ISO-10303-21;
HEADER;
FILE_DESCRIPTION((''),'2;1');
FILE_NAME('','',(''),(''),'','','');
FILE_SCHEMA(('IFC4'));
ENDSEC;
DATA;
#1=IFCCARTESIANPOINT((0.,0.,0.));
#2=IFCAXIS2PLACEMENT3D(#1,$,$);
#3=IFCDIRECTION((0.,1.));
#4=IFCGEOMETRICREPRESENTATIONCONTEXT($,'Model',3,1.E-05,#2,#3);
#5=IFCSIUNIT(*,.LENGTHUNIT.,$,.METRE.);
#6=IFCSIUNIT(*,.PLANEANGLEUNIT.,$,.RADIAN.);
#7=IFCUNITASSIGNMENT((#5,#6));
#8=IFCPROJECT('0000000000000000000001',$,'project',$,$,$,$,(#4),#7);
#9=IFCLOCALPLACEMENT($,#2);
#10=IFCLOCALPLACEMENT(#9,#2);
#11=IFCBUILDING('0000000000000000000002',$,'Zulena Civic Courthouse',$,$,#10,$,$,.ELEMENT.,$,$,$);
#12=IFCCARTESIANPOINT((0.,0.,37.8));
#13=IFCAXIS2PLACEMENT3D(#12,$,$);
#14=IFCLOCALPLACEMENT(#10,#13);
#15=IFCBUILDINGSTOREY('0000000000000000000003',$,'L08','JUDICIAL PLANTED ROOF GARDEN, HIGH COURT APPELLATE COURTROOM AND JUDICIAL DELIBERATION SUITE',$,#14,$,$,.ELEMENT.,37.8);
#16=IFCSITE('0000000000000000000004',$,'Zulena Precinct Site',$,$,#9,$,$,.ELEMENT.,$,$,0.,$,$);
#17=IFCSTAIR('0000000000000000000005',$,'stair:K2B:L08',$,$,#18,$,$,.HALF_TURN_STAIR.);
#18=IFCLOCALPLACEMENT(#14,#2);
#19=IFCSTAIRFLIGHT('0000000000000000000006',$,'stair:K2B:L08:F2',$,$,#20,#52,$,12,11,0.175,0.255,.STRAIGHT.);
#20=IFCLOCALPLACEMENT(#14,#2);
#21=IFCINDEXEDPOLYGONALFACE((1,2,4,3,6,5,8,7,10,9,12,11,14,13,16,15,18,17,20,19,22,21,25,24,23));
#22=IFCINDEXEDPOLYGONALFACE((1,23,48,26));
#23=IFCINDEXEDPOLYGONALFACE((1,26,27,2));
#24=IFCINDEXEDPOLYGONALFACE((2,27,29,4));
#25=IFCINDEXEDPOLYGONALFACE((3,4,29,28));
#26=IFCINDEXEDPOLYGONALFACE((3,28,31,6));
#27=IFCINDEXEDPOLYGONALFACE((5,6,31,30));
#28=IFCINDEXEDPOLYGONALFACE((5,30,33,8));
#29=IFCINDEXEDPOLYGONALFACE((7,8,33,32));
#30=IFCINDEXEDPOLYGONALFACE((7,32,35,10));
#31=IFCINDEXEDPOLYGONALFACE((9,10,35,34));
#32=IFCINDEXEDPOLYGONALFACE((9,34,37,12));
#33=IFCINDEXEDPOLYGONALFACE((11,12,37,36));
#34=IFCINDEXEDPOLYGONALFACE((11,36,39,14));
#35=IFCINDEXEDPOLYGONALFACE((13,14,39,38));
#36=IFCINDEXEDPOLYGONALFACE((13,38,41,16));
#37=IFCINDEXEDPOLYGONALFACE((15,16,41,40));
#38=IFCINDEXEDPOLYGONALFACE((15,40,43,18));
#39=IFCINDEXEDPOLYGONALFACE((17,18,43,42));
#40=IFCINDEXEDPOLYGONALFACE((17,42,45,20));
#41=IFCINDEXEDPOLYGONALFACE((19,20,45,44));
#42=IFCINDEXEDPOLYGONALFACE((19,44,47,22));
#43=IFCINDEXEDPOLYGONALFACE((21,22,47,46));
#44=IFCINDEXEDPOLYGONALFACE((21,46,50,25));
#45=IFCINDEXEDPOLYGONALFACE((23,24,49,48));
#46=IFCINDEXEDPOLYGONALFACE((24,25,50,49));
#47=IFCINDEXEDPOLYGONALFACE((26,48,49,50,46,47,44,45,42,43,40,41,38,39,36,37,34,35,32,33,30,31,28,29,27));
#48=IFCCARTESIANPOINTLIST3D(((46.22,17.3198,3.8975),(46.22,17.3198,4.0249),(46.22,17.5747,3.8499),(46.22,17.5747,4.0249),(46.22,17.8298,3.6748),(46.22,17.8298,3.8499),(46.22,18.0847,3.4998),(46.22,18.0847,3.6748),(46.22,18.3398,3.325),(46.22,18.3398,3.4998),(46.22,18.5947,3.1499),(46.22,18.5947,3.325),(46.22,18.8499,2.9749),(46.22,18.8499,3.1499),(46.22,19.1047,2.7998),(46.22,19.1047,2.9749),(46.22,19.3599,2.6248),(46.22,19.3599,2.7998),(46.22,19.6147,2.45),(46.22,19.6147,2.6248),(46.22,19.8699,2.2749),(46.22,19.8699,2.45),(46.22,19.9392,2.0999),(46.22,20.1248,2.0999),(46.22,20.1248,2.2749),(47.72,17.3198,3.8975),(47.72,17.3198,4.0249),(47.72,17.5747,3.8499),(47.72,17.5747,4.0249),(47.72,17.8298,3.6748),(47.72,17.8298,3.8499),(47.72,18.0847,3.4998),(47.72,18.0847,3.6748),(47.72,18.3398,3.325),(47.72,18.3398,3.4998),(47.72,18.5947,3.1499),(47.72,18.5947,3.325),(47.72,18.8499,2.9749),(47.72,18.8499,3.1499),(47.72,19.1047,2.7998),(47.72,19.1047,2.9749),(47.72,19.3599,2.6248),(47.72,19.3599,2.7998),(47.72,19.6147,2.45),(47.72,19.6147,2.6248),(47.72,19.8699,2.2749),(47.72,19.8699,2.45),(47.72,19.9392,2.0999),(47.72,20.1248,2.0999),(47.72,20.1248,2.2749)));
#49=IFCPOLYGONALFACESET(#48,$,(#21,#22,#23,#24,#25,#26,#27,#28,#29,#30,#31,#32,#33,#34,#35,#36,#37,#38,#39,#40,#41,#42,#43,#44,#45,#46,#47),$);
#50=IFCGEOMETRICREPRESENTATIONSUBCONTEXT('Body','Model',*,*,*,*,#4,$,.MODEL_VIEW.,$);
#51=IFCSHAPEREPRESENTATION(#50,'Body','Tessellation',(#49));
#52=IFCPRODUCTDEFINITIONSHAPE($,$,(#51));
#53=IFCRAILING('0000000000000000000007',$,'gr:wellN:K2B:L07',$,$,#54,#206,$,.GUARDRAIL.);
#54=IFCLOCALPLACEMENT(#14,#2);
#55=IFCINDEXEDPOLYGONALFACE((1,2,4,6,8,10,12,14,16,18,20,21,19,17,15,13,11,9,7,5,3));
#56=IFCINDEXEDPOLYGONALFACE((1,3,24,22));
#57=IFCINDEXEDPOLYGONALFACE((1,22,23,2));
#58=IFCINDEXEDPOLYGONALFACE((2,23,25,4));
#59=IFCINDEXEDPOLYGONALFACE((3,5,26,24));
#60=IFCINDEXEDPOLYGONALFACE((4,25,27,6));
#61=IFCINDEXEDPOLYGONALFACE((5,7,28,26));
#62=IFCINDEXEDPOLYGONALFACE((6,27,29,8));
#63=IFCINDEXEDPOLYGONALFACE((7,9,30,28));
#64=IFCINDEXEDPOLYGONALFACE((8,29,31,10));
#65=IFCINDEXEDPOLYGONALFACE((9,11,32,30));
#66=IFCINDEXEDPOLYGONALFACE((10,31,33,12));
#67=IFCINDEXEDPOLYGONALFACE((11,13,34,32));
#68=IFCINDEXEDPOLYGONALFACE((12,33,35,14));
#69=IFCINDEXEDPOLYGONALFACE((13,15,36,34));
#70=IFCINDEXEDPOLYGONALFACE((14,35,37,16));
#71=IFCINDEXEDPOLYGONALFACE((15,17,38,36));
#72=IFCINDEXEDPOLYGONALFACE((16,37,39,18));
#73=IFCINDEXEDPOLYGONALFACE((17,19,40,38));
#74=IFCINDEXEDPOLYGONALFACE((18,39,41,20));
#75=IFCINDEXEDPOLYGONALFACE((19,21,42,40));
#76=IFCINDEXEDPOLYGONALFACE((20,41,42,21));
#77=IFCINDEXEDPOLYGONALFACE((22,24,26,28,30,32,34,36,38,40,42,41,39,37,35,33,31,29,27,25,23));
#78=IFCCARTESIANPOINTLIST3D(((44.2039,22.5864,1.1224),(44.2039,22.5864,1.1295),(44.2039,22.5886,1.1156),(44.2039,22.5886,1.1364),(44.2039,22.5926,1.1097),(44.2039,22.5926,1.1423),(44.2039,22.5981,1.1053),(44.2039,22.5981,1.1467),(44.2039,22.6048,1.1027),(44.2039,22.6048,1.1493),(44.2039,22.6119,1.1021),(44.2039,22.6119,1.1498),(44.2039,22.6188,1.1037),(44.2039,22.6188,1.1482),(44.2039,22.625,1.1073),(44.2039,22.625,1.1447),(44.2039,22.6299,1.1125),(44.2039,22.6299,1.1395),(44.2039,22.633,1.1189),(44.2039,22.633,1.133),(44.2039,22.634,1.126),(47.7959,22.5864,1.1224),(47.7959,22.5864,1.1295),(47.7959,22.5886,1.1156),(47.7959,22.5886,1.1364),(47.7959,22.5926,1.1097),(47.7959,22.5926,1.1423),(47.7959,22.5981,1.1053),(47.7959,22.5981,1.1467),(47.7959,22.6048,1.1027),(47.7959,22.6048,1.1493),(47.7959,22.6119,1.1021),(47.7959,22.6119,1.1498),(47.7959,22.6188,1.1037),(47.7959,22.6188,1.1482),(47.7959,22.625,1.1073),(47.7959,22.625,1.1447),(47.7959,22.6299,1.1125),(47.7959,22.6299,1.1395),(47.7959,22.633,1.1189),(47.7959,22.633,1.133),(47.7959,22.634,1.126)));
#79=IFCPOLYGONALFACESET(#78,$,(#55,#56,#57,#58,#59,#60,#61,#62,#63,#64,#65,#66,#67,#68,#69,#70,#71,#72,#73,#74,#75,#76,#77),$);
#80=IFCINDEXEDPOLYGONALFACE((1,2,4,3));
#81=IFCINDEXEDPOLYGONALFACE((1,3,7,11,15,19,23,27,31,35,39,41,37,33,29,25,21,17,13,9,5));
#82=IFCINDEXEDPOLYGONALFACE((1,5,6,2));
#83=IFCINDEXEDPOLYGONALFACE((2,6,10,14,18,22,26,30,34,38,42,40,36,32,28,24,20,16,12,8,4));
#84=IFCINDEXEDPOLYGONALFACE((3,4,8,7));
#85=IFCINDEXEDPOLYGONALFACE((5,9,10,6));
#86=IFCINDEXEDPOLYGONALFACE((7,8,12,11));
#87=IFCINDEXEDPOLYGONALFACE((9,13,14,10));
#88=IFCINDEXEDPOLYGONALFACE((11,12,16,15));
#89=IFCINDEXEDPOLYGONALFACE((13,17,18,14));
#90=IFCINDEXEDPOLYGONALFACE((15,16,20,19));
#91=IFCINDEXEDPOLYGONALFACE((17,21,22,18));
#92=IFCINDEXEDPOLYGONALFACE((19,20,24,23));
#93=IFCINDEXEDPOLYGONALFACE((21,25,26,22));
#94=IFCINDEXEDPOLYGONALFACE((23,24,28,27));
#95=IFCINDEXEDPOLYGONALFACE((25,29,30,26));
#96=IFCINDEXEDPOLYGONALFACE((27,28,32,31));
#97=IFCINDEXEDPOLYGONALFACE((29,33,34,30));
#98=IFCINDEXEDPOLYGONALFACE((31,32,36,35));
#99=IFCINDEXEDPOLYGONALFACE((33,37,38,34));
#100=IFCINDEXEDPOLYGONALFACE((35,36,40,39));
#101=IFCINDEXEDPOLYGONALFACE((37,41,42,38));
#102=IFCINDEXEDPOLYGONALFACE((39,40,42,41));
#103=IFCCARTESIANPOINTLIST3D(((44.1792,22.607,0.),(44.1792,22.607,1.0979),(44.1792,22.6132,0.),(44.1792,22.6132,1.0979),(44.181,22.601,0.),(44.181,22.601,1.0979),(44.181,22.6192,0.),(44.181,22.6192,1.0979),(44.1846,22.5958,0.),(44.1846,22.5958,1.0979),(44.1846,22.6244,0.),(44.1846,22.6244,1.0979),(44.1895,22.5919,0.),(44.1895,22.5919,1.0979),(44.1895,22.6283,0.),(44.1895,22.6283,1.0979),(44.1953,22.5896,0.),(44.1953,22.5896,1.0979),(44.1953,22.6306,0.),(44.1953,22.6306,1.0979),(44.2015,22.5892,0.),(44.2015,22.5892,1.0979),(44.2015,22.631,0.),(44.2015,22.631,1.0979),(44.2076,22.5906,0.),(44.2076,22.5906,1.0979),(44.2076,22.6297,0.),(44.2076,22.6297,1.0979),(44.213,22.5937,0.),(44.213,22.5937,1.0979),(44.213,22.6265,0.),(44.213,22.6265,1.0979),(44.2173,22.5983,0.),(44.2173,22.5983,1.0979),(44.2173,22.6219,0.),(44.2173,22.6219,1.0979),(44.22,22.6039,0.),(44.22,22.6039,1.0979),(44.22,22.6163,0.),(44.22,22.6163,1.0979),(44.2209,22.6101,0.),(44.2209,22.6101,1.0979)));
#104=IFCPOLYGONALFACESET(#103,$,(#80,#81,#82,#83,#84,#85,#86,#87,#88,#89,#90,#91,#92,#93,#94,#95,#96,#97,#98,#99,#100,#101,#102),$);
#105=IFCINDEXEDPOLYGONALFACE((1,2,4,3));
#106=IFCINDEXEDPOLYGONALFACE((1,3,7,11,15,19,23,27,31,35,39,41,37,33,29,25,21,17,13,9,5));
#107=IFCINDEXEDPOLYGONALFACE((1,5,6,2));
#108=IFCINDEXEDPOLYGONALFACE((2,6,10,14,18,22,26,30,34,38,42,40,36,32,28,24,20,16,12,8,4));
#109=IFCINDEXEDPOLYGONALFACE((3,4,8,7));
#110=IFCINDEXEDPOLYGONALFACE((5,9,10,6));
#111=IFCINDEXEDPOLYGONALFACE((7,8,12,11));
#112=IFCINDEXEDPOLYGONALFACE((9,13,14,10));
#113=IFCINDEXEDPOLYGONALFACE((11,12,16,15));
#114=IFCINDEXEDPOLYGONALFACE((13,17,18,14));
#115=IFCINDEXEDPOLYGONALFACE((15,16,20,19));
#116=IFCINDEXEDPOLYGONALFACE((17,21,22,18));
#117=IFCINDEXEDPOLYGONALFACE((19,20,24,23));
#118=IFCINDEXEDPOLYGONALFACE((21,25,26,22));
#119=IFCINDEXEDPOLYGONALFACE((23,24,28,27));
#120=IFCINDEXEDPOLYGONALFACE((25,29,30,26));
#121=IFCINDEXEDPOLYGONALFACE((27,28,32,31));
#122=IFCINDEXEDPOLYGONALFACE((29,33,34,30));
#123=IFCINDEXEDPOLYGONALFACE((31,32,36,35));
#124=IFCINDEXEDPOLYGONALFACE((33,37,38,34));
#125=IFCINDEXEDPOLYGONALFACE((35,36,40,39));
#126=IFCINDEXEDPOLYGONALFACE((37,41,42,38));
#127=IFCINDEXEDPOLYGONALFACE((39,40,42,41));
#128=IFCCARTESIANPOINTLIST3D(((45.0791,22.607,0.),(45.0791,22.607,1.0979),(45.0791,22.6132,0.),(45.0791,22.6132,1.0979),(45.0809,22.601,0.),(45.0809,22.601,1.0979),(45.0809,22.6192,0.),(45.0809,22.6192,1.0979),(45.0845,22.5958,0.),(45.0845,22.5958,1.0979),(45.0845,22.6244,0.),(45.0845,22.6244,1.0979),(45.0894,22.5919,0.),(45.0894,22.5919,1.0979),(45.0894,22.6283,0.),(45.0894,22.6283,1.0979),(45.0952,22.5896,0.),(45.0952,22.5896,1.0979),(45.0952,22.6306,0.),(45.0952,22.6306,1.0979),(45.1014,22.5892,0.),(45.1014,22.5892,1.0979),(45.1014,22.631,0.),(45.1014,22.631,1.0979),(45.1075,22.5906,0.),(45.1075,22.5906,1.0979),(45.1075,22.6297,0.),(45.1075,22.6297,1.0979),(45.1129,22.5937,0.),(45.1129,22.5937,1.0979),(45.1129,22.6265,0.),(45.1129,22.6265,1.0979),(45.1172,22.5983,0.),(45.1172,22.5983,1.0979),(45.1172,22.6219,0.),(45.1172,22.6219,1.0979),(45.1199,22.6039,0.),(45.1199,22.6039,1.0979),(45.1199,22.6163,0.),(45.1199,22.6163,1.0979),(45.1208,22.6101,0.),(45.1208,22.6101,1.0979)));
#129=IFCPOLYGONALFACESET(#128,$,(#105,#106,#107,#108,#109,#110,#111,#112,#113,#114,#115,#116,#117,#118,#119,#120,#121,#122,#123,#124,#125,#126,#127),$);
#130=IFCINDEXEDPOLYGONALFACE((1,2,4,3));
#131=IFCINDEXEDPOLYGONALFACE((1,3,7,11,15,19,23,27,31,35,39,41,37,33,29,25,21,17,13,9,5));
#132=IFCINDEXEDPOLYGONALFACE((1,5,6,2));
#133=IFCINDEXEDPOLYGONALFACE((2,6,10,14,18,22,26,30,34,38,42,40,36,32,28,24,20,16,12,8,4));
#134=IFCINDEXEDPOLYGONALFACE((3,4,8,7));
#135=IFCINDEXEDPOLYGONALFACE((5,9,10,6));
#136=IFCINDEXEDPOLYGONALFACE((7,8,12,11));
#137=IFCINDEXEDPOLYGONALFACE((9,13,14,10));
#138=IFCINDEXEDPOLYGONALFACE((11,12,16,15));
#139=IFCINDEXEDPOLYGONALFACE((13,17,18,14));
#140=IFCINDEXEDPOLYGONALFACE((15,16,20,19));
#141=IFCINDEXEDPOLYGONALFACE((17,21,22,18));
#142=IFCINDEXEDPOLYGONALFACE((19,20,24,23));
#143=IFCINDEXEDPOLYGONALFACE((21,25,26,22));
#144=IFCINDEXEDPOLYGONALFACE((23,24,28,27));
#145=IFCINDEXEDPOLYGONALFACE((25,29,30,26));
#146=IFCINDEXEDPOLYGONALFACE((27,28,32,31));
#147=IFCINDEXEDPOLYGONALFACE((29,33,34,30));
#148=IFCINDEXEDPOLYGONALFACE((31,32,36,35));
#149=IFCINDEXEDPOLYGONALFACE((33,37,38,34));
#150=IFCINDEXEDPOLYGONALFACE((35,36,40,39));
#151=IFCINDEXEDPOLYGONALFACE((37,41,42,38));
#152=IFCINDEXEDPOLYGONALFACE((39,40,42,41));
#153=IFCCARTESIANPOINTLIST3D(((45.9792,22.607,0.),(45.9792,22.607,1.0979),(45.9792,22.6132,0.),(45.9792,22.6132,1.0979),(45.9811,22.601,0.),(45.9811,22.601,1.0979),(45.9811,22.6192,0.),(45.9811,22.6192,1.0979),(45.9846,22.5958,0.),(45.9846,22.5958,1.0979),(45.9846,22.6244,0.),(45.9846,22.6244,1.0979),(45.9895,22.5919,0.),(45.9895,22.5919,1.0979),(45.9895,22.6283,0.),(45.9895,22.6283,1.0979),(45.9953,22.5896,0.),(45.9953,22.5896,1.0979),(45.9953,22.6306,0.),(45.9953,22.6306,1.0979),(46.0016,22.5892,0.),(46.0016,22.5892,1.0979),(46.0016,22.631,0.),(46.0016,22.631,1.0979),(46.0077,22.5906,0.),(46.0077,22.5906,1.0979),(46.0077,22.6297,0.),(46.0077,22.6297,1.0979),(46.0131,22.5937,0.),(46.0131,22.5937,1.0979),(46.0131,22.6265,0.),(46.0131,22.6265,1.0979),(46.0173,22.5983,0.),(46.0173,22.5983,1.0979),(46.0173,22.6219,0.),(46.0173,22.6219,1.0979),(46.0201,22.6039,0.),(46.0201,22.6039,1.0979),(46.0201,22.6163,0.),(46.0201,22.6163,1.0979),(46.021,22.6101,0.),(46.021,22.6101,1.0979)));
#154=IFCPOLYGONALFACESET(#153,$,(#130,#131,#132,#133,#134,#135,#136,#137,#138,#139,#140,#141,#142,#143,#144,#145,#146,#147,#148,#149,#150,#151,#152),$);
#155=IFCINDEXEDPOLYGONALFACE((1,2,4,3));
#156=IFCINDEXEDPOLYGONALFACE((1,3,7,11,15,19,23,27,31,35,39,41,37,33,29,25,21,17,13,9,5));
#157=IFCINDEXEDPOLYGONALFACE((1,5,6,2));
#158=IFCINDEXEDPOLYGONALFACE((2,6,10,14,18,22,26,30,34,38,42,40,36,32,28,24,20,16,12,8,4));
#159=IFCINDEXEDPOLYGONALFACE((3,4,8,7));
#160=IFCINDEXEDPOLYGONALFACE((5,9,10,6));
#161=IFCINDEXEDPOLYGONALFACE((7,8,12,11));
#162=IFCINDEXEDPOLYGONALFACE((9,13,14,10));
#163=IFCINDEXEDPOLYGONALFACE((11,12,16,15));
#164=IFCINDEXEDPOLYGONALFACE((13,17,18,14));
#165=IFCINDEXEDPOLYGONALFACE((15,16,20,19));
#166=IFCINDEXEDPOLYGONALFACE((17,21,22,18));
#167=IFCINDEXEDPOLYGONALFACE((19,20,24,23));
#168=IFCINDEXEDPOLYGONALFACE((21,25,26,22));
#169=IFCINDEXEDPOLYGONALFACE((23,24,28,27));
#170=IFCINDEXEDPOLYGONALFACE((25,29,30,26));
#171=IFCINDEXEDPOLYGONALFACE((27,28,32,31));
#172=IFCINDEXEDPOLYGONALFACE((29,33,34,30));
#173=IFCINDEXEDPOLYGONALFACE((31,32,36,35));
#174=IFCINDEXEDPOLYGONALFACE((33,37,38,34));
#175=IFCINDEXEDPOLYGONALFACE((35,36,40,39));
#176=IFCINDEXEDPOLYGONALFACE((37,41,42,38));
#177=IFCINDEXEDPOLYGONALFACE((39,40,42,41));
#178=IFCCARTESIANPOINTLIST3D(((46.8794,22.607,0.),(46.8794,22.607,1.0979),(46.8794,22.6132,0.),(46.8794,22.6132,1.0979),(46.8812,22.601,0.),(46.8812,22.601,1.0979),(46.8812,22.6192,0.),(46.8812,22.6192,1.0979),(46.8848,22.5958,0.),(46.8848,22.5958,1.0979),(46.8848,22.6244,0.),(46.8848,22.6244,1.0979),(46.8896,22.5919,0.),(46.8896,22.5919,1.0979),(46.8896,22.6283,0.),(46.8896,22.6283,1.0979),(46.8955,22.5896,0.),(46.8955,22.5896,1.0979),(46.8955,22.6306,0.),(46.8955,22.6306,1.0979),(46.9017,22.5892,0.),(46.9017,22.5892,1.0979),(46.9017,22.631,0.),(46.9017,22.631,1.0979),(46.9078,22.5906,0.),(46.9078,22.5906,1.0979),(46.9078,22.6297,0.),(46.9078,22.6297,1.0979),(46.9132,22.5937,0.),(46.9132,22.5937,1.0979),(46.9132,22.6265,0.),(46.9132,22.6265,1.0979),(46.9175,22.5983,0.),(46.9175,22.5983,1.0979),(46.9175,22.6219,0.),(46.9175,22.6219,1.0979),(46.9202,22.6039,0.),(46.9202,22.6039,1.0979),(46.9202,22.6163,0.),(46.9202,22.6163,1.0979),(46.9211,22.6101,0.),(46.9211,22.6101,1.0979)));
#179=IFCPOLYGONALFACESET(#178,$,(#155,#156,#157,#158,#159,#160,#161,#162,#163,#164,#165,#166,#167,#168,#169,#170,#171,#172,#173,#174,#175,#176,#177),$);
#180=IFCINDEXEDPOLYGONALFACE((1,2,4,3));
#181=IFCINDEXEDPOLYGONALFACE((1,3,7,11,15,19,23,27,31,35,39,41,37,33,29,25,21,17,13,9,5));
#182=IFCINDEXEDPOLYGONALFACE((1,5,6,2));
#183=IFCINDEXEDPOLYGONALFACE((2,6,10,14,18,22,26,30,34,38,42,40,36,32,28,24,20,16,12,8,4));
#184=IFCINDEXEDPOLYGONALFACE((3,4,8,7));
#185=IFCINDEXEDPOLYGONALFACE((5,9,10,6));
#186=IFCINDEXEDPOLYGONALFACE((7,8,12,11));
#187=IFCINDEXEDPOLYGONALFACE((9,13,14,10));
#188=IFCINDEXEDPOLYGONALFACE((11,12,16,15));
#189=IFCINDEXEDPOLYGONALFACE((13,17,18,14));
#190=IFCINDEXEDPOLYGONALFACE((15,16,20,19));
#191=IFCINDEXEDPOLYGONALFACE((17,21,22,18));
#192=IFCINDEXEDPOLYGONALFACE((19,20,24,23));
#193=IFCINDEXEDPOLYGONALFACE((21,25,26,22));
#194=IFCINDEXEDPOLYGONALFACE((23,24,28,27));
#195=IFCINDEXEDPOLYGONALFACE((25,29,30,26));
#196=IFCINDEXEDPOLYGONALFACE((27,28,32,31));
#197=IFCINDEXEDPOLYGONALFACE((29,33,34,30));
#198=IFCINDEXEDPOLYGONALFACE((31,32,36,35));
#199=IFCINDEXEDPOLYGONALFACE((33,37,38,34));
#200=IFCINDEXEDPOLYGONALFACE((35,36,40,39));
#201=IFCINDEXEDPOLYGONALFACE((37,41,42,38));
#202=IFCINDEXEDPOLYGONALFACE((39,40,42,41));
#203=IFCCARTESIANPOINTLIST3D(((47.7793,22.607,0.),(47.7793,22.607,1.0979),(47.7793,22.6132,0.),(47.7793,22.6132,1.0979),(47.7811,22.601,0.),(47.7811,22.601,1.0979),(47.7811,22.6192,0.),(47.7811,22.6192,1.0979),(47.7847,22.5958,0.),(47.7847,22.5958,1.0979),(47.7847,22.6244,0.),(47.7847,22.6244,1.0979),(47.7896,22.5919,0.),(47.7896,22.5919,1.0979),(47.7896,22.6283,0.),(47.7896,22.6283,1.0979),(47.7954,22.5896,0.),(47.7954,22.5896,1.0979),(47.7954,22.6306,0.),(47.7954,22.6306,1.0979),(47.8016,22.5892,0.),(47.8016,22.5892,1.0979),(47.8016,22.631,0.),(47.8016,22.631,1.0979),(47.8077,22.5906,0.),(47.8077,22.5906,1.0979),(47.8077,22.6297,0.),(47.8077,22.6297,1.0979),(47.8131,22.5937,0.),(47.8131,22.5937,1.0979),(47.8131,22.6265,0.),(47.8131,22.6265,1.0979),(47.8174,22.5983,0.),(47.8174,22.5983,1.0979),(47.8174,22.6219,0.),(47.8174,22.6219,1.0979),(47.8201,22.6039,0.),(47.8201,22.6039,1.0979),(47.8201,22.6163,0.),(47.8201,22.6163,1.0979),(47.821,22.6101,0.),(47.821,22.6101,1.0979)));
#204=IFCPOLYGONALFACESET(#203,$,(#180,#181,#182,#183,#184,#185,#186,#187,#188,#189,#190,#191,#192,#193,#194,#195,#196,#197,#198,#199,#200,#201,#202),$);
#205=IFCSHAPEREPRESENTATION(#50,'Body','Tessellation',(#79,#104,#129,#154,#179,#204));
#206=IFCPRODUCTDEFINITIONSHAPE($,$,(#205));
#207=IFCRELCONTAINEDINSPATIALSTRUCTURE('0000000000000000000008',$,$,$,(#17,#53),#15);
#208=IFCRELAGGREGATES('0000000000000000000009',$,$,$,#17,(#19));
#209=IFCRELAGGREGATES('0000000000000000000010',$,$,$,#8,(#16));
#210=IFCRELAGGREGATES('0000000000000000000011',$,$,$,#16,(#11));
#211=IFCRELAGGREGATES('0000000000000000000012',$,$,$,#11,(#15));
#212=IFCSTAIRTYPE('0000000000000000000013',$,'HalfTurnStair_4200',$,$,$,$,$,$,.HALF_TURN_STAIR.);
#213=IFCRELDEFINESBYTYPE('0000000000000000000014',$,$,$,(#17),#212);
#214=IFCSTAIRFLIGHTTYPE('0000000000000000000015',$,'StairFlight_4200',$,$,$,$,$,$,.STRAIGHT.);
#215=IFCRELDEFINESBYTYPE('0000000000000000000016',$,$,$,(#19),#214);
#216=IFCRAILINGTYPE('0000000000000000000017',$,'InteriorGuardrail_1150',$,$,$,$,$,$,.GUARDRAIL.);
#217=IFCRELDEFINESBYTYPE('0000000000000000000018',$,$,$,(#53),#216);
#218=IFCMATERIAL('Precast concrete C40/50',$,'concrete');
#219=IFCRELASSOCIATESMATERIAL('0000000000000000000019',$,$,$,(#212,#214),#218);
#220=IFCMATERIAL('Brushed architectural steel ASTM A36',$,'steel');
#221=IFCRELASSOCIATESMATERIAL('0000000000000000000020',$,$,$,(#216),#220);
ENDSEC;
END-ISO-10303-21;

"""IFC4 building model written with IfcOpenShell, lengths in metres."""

from ifc_helpers import new_model, si_unit, direction, frame, origin, origin_2d, place, context, subcontext, project, spatial, polyline, circle, outline, extrude, material, type_object, element, aggregate, save


model = new_model("IFC4")

# Units and contexts
model_context = context("Model", 3, precision=1e-05, world=origin(), true_north=direction((0.0, 1.0)))
body_context = subcontext(model_context, "Body", "Model", "MODEL_VIEW")
ifc_project = project(units=[si_unit("LENGTHUNIT", "METRE"), si_unit("PLANEANGLEUNIT", "RADIAN")], contexts=[model_context])

# Site, building, storey
site_placement = place(None, origin())
site = spatial("IfcSite", under=ifc_project, at=site_placement, Name="Zulena Precinct Site", CompositionType="ELEMENT", RefElevation=0.0)
building_placement = place(site_placement, origin())
building = spatial("IfcBuilding", under=site, at=building_placement, Name="Zulena Civic Courthouse", CompositionType="ELEMENT")
storey_placement = place(building_placement, frame((0.0, 0.0, 37.8)))
storey = spatial("IfcBuildingStorey", under=building, at=storey_placement, Name="L08", Description="JUDICIAL PLANTED ROOF GARDEN, HIGH COURT APPELLATE COURTROOM AND JUDICIAL DELIBERATION SUITE", CompositionType="ELEMENT", Elevation=37.8)

# Stair, stair flight
ifc_material_1 = material(Name="Precast concrete C40/50", Category="concrete")
stair_type = type_object("IfcStairType", Name="HalfTurnStair_4200", PredefinedType="HALF_TURN_STAIR", material=ifc_material_1)
stair_placement = place(storey_placement, origin())
stair = element("IfcStair", 1, at=stair_placement, inside=storey, type_object=stair_type, Name="stair:K2B:L08", PredefinedType="HALF_TURN_STAIR")
stair_flight_type = type_object("IfcStairFlightType", Name="StairFlight_4200", PredefinedType="STRAIGHT", material=ifc_material_1)
stair_flight_1_placement = place(storey_placement, frame((46.97, 20.1248, 2.0999), z_axis=(0.0, 0.0, 1.0), x_axis=(0.0, -1.0, 0.0)))
stair_flight_1 = element("IfcStairFlight", 2, at=stair_flight_1_placement, type_object=stair_flight_type, Name="stair:K2B:L08:F2", NumberOfRisers=12, NumberOfTreads=11, PredefinedType="STRAIGHT", RiserHeight=0.175, TreadLength=0.255, context=body_context, shape_type="SweptSolid", body=[
    extrude(outline(polyline([(0.0, 0.0), (0.0, 0.175), (0.2549, 0.175), (0.2549, 0.3501), (0.51, 0.3501), (0.51, 0.5249), (0.7649, 0.5249), (0.7649, 0.7), (1.02, 0.7), (1.02, 0.875), (1.2749, 0.875), (1.2749, 1.05), (1.53, 1.05), (1.53, 1.2251), (1.7849, 1.2251), (1.7849, 1.3999), (2.04, 1.3999), (2.04, 1.575), (2.2949, 1.575), (2.2949, 1.75), (2.55, 1.75), (2.55, 1.925), (2.8049, 1.925), (2.8049, 2.1001), (2.8049, 1.7976), (0.1855, 0.0), (0.0, 0.0)])), frame((0.0, 0.75, 0.0), z_axis=(0.0, -1.0, 0.0), x_axis=(1.0, 0.0, 0.0)), (0.0, 0.0, 1.0), 1.5),
])
aggregate(stair, [stair_flight_1])

# Railing
ifc_material_2 = material(Name="Brushed architectural steel ASTM A36", Category="steel")
railing_type_1 = type_object("IfcRailingType", Name="InteriorGuardrail_1150", PredefinedType="GUARDRAIL", material=ifc_material_2)
railing_1_placement = place(storey_placement, frame((44.2, 22.6101, 0.0)))
element("IfcRailing", 3, at=railing_1_placement, inside=storey, type_object=railing_type_1, Name="gr:wellN:K2B:L07", PredefinedType="GUARDRAIL", context=body_context, shape_type="SweptSolid", body=[
    extrude(circle(Radius=0.0239, at=origin_2d()), frame((0.0039, 0.0, 1.126), z_axis=(1.0, 0.0, 0.0), x_axis=(0.0, 1.0, 0.0)), (0.0, 0.0, 1.0), 3.592),
    extrude(circle(Radius=0.021, at=origin_2d()), origin(), (0.0, 0.0, 1.0), 1.0979),
    extrude(circle(Radius=0.021, at=origin_2d()), frame((0.8999, 0.0, 0.0)), (0.0, 0.0, 1.0), 1.0979),
    extrude(circle(Radius=0.021, at=origin_2d()), frame((1.8, 0.0, 0.0)), (0.0, 0.0, 1.0), 1.0979),
    extrude(circle(Radius=0.021, at=origin_2d()), frame((2.7002, 0.0, 0.0)), (0.0, 0.0, 1.0), 1.0979),
    extrude(circle(Radius=0.021, at=origin_2d()), frame((3.6001, 0.0, 0.0)), (0.0, 0.0, 1.0), 1.0979),
])

save(model, "model.ifc")
